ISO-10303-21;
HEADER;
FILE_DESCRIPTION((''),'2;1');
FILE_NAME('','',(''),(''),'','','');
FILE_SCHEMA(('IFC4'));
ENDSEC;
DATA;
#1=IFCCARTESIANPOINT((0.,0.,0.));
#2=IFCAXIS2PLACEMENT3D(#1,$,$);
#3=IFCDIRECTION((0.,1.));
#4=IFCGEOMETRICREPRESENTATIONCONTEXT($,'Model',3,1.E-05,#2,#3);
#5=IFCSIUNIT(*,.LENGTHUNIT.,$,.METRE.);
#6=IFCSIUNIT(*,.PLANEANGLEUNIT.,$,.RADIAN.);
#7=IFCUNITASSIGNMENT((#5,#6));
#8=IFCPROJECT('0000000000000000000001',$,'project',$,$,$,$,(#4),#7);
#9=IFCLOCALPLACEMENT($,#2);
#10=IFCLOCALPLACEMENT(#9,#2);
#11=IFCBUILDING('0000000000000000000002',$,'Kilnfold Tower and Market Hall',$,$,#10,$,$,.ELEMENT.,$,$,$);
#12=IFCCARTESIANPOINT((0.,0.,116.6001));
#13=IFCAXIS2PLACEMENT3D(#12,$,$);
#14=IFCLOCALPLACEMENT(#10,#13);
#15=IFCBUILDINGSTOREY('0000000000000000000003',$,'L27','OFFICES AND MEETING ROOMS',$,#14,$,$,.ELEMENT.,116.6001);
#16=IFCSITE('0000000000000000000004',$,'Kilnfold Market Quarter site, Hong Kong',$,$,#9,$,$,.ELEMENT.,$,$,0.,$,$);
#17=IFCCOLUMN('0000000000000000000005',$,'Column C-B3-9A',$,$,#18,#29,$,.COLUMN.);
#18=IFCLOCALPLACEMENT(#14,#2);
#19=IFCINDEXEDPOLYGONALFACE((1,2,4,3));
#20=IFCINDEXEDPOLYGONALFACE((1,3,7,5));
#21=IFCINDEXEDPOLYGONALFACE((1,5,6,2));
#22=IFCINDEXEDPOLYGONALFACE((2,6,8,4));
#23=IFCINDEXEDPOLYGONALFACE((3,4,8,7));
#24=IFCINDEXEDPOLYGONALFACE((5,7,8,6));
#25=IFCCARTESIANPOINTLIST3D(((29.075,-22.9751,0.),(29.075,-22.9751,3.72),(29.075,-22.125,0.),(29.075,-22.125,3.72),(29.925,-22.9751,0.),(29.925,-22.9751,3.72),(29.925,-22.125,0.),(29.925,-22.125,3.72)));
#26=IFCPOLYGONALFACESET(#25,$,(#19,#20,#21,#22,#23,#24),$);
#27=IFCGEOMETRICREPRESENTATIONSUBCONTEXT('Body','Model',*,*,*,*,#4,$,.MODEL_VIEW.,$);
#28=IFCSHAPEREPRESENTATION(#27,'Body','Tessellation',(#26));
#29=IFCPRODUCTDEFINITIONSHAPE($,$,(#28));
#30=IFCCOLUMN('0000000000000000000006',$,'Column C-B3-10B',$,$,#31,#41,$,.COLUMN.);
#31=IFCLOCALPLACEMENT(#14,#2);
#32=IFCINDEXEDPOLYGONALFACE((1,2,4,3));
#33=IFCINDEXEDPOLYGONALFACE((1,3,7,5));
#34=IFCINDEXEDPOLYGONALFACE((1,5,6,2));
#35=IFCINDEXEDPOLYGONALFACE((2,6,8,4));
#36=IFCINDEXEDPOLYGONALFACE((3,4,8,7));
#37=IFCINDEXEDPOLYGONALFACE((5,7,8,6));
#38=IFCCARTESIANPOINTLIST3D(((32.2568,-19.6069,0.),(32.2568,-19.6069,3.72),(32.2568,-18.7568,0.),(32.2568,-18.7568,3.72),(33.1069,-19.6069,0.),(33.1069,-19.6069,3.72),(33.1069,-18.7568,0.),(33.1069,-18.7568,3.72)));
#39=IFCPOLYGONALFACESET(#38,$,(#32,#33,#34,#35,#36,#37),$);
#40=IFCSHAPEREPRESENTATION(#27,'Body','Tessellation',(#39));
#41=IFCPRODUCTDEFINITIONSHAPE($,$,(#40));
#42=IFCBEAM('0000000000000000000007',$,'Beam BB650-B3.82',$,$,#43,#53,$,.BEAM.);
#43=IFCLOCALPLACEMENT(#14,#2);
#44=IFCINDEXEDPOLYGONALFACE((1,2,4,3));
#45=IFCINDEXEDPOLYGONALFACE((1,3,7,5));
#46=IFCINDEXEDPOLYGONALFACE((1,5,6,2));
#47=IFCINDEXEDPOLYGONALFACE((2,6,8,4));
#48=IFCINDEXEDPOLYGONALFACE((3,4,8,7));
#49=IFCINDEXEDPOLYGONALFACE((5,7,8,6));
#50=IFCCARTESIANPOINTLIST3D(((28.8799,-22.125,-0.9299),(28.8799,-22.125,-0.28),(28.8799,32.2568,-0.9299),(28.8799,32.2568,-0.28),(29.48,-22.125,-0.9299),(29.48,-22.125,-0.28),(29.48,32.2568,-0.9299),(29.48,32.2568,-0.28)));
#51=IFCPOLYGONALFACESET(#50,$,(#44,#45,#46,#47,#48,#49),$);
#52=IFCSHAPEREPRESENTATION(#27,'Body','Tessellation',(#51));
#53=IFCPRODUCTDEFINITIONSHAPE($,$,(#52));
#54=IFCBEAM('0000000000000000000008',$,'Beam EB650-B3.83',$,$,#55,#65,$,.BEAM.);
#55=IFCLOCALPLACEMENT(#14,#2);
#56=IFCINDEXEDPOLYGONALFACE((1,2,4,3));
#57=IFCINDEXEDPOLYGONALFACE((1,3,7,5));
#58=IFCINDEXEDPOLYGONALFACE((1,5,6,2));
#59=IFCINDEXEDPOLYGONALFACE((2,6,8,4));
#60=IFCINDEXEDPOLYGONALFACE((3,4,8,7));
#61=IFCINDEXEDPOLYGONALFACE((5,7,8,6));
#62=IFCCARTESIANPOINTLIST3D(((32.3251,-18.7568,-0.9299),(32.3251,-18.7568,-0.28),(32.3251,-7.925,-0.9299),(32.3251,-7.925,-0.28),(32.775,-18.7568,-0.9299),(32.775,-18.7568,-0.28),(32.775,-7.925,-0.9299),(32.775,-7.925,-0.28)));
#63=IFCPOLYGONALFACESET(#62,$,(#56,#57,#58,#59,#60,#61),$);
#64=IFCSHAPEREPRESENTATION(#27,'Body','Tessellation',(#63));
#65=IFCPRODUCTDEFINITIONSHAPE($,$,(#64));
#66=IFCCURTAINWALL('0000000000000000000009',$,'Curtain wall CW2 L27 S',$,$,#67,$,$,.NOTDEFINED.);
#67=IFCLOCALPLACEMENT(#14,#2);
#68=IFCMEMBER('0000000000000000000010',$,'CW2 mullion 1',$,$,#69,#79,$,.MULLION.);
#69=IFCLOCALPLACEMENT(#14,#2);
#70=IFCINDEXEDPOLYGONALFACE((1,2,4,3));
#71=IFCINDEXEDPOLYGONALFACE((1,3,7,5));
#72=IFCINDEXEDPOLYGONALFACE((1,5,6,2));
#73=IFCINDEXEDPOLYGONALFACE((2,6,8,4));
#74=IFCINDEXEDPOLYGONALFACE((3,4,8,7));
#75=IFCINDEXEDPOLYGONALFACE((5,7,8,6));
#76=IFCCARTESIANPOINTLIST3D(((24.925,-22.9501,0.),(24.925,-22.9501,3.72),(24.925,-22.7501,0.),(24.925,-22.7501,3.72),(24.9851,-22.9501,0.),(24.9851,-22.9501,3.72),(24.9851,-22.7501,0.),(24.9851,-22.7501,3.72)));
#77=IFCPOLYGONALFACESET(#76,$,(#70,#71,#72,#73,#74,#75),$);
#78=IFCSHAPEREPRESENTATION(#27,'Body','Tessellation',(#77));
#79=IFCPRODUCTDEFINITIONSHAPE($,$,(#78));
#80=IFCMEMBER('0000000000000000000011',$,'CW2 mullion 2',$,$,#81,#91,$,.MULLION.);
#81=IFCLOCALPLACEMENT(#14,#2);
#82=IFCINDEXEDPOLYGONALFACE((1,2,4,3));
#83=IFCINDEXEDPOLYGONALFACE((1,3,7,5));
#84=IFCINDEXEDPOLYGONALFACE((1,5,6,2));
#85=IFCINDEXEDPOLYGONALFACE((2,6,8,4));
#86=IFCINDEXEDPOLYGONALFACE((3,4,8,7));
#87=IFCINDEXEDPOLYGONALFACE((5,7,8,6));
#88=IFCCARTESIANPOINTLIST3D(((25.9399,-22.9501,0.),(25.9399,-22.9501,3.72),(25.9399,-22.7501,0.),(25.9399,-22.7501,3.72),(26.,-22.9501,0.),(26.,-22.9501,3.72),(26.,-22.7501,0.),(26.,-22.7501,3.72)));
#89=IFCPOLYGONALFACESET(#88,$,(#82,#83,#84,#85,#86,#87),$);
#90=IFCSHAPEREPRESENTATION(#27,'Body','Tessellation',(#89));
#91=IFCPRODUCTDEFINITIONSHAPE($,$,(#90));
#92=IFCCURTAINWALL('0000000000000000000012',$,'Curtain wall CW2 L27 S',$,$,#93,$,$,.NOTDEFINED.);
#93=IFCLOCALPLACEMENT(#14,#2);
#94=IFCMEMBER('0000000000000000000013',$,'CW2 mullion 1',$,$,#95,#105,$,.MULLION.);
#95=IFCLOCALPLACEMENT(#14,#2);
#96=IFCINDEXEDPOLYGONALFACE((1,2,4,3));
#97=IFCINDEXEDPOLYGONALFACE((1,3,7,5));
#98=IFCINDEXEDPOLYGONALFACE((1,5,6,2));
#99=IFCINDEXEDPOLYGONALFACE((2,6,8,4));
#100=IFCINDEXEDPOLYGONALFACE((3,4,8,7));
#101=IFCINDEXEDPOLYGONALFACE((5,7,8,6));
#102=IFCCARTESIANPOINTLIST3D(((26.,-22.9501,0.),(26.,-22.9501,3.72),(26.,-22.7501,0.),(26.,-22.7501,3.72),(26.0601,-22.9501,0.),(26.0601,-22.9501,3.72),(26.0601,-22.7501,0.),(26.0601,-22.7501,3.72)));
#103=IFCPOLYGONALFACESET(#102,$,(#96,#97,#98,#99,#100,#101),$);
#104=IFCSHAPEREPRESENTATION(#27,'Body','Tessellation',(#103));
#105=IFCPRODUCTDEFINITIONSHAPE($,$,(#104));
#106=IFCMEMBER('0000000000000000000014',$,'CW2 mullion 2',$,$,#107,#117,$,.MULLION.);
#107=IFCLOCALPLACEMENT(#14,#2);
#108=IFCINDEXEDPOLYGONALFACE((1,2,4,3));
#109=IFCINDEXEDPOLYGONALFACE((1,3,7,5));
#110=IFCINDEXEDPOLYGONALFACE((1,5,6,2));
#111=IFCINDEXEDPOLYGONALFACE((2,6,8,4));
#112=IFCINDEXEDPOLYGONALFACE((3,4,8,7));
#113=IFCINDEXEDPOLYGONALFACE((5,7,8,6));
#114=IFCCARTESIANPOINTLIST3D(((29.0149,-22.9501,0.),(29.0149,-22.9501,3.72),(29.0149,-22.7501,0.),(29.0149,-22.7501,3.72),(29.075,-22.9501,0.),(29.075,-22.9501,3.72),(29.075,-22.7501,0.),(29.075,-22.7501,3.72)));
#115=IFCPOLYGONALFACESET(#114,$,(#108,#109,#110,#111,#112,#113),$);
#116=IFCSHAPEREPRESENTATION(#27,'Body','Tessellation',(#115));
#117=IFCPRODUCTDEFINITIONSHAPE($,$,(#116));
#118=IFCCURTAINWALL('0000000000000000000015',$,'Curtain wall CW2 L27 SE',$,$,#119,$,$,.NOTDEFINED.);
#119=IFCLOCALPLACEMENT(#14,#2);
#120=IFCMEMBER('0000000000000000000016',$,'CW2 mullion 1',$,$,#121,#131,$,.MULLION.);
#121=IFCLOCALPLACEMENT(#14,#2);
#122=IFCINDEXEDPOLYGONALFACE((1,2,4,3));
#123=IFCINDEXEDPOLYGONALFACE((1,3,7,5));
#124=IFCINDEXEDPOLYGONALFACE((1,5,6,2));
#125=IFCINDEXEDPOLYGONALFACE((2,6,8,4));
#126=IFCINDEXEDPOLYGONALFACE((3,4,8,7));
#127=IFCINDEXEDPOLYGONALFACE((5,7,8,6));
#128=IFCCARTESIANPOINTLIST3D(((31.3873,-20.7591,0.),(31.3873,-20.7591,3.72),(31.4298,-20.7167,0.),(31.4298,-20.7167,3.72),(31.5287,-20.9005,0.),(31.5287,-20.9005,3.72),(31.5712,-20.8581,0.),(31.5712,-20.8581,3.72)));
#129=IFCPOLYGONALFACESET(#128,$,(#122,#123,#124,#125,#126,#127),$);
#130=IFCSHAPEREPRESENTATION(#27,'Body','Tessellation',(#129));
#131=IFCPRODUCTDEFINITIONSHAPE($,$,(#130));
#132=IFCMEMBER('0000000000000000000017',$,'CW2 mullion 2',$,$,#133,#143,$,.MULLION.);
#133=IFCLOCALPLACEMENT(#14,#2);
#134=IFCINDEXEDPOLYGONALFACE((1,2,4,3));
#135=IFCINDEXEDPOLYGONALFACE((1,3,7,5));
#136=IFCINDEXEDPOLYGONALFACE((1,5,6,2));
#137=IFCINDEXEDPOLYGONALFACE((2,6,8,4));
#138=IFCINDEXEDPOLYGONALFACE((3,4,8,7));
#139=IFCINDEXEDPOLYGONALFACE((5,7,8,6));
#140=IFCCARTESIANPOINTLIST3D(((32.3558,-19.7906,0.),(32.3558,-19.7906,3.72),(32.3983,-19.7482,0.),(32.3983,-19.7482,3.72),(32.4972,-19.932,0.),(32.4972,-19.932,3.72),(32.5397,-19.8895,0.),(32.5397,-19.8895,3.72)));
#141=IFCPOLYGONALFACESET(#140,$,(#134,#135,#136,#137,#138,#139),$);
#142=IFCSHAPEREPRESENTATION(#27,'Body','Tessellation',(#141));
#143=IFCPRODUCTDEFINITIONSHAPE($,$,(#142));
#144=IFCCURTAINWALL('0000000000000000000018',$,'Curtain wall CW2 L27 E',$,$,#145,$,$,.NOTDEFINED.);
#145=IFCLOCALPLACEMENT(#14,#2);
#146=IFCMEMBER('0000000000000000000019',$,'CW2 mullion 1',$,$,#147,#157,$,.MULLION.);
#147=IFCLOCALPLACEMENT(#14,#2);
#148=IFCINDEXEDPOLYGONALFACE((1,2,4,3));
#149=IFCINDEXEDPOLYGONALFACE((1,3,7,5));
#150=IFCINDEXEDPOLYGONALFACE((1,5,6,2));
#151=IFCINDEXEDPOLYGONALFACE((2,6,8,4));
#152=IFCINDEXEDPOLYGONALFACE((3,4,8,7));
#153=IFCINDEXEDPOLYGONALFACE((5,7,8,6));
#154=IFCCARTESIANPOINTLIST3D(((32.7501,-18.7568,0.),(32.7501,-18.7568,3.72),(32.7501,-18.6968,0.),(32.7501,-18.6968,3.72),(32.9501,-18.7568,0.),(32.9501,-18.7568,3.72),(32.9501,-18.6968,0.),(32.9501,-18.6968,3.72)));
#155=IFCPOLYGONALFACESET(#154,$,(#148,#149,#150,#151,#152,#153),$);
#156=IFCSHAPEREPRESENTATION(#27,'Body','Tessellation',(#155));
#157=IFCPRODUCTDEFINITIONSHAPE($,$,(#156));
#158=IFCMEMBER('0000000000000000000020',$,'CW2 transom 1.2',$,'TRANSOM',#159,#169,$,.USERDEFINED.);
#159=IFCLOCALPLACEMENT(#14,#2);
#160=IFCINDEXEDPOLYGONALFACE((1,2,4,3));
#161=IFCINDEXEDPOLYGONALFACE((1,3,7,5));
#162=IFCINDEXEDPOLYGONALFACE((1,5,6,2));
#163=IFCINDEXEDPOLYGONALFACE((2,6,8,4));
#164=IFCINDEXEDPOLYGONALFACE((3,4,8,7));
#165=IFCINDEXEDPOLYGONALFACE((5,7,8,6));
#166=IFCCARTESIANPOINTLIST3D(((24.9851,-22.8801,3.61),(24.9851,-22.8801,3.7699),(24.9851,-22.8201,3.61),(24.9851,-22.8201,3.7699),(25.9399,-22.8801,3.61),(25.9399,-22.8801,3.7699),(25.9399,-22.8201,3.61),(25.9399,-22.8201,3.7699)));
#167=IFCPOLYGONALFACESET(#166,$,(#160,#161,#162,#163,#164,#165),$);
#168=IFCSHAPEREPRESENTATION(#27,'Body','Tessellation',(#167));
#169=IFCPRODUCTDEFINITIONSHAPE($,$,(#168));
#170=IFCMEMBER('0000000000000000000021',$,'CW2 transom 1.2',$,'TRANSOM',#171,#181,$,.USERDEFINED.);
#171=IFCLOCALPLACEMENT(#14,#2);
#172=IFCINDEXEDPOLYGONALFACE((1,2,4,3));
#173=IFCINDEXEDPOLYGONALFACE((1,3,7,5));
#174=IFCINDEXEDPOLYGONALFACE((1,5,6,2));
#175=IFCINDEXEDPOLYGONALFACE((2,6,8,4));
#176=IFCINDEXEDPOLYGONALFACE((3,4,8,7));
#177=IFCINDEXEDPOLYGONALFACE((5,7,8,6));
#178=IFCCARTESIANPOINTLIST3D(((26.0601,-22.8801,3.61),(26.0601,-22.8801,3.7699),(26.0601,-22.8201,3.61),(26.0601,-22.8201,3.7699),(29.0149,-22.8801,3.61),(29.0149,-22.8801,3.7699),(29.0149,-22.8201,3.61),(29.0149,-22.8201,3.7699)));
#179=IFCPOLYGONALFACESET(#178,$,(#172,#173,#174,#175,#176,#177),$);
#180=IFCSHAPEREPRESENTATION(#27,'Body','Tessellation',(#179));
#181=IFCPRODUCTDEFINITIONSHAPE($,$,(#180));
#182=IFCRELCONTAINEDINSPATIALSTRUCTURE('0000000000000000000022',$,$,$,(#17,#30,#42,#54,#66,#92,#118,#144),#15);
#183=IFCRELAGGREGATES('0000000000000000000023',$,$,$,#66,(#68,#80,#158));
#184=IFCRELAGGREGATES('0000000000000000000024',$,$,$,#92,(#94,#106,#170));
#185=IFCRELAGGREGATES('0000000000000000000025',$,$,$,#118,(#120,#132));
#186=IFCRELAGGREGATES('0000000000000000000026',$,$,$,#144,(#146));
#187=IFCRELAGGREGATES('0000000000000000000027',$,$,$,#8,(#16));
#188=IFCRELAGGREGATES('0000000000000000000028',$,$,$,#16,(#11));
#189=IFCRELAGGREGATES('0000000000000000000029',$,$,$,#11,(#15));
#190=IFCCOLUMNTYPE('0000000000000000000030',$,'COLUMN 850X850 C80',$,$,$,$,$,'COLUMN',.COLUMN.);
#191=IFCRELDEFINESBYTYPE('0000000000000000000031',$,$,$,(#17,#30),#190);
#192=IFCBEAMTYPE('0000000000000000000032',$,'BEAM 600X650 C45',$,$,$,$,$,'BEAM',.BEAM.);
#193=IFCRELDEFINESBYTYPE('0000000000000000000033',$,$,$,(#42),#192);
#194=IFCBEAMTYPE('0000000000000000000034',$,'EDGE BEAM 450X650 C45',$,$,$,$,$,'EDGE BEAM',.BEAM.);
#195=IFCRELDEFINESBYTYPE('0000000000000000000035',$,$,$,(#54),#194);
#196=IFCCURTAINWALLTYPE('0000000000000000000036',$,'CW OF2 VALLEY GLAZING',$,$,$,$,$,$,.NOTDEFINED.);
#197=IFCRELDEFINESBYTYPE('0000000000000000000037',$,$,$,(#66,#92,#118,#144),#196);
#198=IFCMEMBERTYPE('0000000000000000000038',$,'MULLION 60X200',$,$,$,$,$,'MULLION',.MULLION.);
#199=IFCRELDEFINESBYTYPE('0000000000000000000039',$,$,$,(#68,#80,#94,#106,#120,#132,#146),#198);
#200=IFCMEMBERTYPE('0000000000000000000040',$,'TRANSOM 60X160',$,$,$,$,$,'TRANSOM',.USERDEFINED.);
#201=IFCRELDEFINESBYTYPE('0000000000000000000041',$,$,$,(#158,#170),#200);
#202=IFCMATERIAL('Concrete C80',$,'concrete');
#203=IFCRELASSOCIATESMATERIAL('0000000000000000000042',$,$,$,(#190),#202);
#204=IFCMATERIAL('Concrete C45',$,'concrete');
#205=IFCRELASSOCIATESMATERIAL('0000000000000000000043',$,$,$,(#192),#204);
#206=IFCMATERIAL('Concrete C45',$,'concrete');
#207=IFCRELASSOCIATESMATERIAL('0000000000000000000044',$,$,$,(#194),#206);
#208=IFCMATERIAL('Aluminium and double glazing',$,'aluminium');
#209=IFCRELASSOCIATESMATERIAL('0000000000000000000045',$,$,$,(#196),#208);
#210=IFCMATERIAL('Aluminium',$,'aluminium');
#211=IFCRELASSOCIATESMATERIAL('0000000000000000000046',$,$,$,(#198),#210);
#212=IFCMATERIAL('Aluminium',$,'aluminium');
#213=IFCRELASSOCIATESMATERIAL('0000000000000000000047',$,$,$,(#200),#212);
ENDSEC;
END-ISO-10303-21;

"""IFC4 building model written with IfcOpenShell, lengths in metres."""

from ifc_helpers import new_model, si_unit, direction, frame, origin, origin_2d, place, context, subcontext, project, spatial, rectangle, extrude, source, transform, mapped, material, material_profile, profile_set, type_object, element, aggregate, save


model = new_model("IFC4")

# Units and contexts
model_context = context("Model", 3, precision=1e-05, world=origin(), true_north=direction((0.0, 1.0)))
body_context = subcontext(model_context, "Body", "Model", "MODEL_VIEW")
ifc_project = project(units=[si_unit("LENGTHUNIT", "METRE"), si_unit("PLANEANGLEUNIT", "RADIAN")], contexts=[model_context])

# Site, building, storey
site_placement = place(None, origin())
site = spatial("IfcSite", under=ifc_project, at=site_placement, Name="Kilnfold Market Quarter site, Hong Kong", CompositionType="ELEMENT", RefElevation=0.0)
building_placement = place(site_placement, origin())
building = spatial("IfcBuilding", under=site, at=building_placement, Name="Kilnfold Tower and Market Hall", CompositionType="ELEMENT")
storey_placement = place(building_placement, frame((0.0, 0.0, 116.6001)))
storey = spatial("IfcBuildingStorey", under=building, at=storey_placement, Name="L27", Description="OFFICES AND MEETING ROOMS", CompositionType="ELEMENT", Elevation=116.6001)

# Columns
ifc_material_1 = material(Name="Concrete C80", Category="concrete")
ifc_material_profile_1 = material_profile(ifc_material_1, rectangle(XDim=0.8501, YDim=0.8501, at=origin_2d()), Name="RC 850x850")
ifc_profile_set_1 = profile_set([ifc_material_profile_1], Name="Concrete C80")
column_type = type_object("IfcColumnType", Name="COLUMN 850X850 C80", ElementType="COLUMN", PredefinedType="COLUMN", material=ifc_profile_set_1)
shared_shape_1 = source(origin(), body_context, "Body", "SweptSolid", [
    extrude(rectangle(XDim=0.8501, YDim=0.8501, at=origin_2d()), origin(), (0.0, 0.0, 1.0), 3.72),
])
for number, where, z_axis, x_axis, name in (
    (1, (29.5, -22.55, 0.0), (0.0, 0.0, 1.0), (1.0, 0.0, 0.0), "Column C-B3-9A"),
    (2, (32.6819, -19.1819, 0.0), (0.0, 0.0, 1.0), (1.0, 0.0, 0.0), "Column C-B3-10B"),
):
    element("IfcColumn", number, at=place(storey_placement, frame(where, z_axis=z_axis, x_axis=x_axis)), inside=storey, type_object=column_type, Name=name, PredefinedType="COLUMN", context=body_context, shape_type="MappedRepresentation", body=[
        mapped(shared_shape_1, transform((0.0, 0.0, 0.0))),
    ])

# Beams
ifc_material_2 = material(Name="Concrete C45", Category="concrete")
ifc_material_profile_2 = material_profile(ifc_material_2, rectangle(XDim=0.6001, YDim=0.6499, at=origin_2d()), Name="RC 600x650")
ifc_profile_set_2 = profile_set([ifc_material_profile_2], Name="Concrete C45")
beam_type_1 = type_object("IfcBeamType", Name="BEAM 600X650 C45", ElementType="BEAM", PredefinedType="BEAM", material=ifc_profile_set_2)
shared_shape_2 = source(origin(), body_context, "Body", "SweptSolid", [
    extrude(rectangle(XDim=0.6001, YDim=0.6499, at=origin_2d()), origin(), (0.0, 0.0, 1.0), 54.3818),
])
beam_1_placement = place(storey_placement, frame((29.1799, -22.125, -0.605), z_axis=(0.0, 1.0, 0.0), x_axis=(-1.0, 0.0, 0.0)))
element("IfcBeam", 3, at=beam_1_placement, inside=storey, type_object=beam_type_1, Name="Beam BB650-B3.82", PredefinedType="BEAM", context=body_context, shape_type="MappedRepresentation", body=[
    mapped(shared_shape_2, transform((0.0, 0.0, 0.0))),
])
ifc_material_3 = material(Name="Concrete C45", Category="concrete")
ifc_material_profile_3 = material_profile(ifc_material_3, rectangle(XDim=0.45, YDim=0.6499, at=origin_2d()), Name="RC 450x650")
ifc_profile_set_3 = profile_set([ifc_material_profile_3], Name="Concrete C45")
beam_type_2 = type_object("IfcBeamType", Name="EDGE BEAM 450X650 C45", ElementType="EDGE BEAM", PredefinedType="BEAM", material=ifc_profile_set_3)
shared_shape_3 = source(origin(), body_context, "Body", "SweptSolid", [
    extrude(rectangle(XDim=0.45, YDim=0.6499, at=origin_2d()), origin(), (0.0, 0.0, 1.0), 10.8318),
])
beam_2_placement = place(storey_placement, frame((32.55, -18.7568, -0.605), z_axis=(0.0, 1.0, 0.0), x_axis=(-1.0, 0.0, 0.0)))
element("IfcBeam", 4, at=beam_2_placement, inside=storey, type_object=beam_type_2, Name="Beam EB650-B3.83", PredefinedType="BEAM", context=body_context, shape_type="MappedRepresentation", body=[
    mapped(shared_shape_3, transform((0.0, 0.0, 0.0))),
])

# Curtain walls, members
ifc_material_4 = material(Name="Aluminium and double glazing", Category="aluminium")
curtain_wall_type = type_object("IfcCurtainWallType", Name="CW OF2 VALLEY GLAZING", PredefinedType="NOTDEFINED", material=ifc_material_4)
curtain_wall_1_placement = place(storey_placement, origin())
curtain_wall_1 = element("IfcCurtainWall", 5, at=curtain_wall_1_placement, inside=storey, type_object=curtain_wall_type, Name="Curtain wall CW2 L27 S", PredefinedType="NOTDEFINED")
ifc_material_5 = material(Name="Aluminium", Category="aluminium")
ifc_material_profile_4 = material_profile(ifc_material_5, rectangle(XDim=0.0601, YDim=0.2, at=origin_2d()), Name="MULLION 60x200")
ifc_profile_set_4 = profile_set([ifc_material_profile_4], Name="Aluminium")
member_type_1 = type_object("IfcMemberType", Name="MULLION 60X200", ElementType="MULLION", PredefinedType="MULLION", material=ifc_profile_set_4)
shared_shape_4 = source(origin(), body_context, "Body", "SweptSolid", [
    extrude(rectangle(XDim=0.0601, YDim=0.2, at=origin_2d()), origin(), (0.0, 0.0, 1.0), 3.72),
])
member_1_placement = place(storey_placement, frame((24.9551, -22.8501, 0.0), z_axis=(0.0, 0.0, 1.0), x_axis=(1.0, 0.0, 0.0)))
member_1 = element("IfcMember", 6, at=member_1_placement, type_object=member_type_1, Name="CW2 mullion 1", PredefinedType="MULLION", context=body_context, shape_type="MappedRepresentation", body=[
    mapped(shared_shape_4, transform((0.0, 0.0, 0.0))),
])
member_2_placement = place(storey_placement, frame((25.97, -22.8501, 0.0), z_axis=(0.0, 0.0, 1.0), x_axis=(1.0, 0.0, 0.0)))
member_2 = element("IfcMember", 7, at=member_2_placement, type_object=member_type_1, Name="CW2 mullion 2", PredefinedType="MULLION", context=body_context, shape_type="MappedRepresentation", body=[
    mapped(shared_shape_4, transform((0.0, 0.0, 0.0))),
])
curtain_wall_2_placement = place(storey_placement, origin())
curtain_wall_2 = element("IfcCurtainWall", 8, at=curtain_wall_2_placement, inside=storey, type_object=curtain_wall_type, Name="Curtain wall CW2 L27 S", PredefinedType="NOTDEFINED")
member_3_placement = place(storey_placement, frame((26.03, -22.8501, 0.0), z_axis=(0.0, 0.0, 1.0), x_axis=(1.0, 0.0, 0.0)))
member_3 = element("IfcMember", 9, at=member_3_placement, type_object=member_type_1, Name="CW2 mullion 1", PredefinedType="MULLION", context=body_context, shape_type="MappedRepresentation", body=[
    mapped(shared_shape_4, transform((0.0, 0.0, 0.0))),
])
member_4_placement = place(storey_placement, frame((29.0449, -22.8501, 0.0), z_axis=(0.0, 0.0, 1.0), x_axis=(1.0, 0.0, 0.0)))
member_4 = element("IfcMember", 10, at=member_4_placement, type_object=member_type_1, Name="CW2 mullion 2", PredefinedType="MULLION", context=body_context, shape_type="MappedRepresentation", body=[
    mapped(shared_shape_4, transform((0.0, 0.0, 0.0))),
])
curtain_wall_3_placement = place(storey_placement, origin())
curtain_wall_3 = element("IfcCurtainWall", 11, at=curtain_wall_3_placement, inside=storey, type_object=curtain_wall_type, Name="Curtain wall CW2 L27 SE", PredefinedType="NOTDEFINED")
member_5_placement = place(storey_placement, frame((31.4792, -20.8086, 0.0), z_axis=(0.0, 0.0, 1.0), x_axis=(0.707107, 0.707107, 0.0)))
member_5 = element("IfcMember", 12, at=member_5_placement, type_object=member_type_1, Name="CW2 mullion 1", PredefinedType="MULLION", context=body_context, shape_type="MappedRepresentation", body=[
    mapped(shared_shape_4, transform((0.0, 0.0, 0.0))),
])
member_6_placement = place(storey_placement, frame((32.4478, -19.8401, 0.0), z_axis=(0.0, 0.0, 1.0), x_axis=(0.707107, 0.707107, 0.0)))
member_6 = element("IfcMember", 13, at=member_6_placement, type_object=member_type_1, Name="CW2 mullion 2", PredefinedType="MULLION", context=body_context, shape_type="MappedRepresentation", body=[
    mapped(shared_shape_4, transform((0.0, 0.0, 0.0))),
])

# Curtain wall, member
curtain_wall_4_placement = place(storey_placement, origin())
curtain_wall_4 = element("IfcCurtainWall", 14, at=curtain_wall_4_placement, inside=storey, type_object=curtain_wall_type, Name="Curtain wall CW2 L27 E", PredefinedType="NOTDEFINED")
member_7_placement = place(storey_placement, frame((32.8501, -18.7268, 0.0), z_axis=(0.0, 0.0, 1.0), x_axis=(0.0, 1.0, 0.0)))
member_7 = element("IfcMember", 15, at=member_7_placement, type_object=member_type_1, Name="CW2 mullion 1", PredefinedType="MULLION", context=body_context, shape_type="MappedRepresentation", body=[
    mapped(shared_shape_4, transform((0.0, 0.0, 0.0))),
])

# Members
ifc_material_6 = material(Name="Aluminium", Category="aluminium")
ifc_material_profile_5 = material_profile(ifc_material_6, rectangle(XDim=0.0601, YDim=0.1599, at=origin_2d()), Name="TRANSOM 60x160")
ifc_profile_set_5 = profile_set([ifc_material_profile_5], Name="Aluminium")
member_type_2 = type_object("IfcMemberType", Name="TRANSOM 60X160", ElementType="TRANSOM", PredefinedType="USERDEFINED", material=ifc_profile_set_5)
shared_shape_5 = source(origin(), body_context, "Body", "SweptSolid", [
    extrude(rectangle(XDim=0.0601, YDim=0.1599, at=origin_2d()), origin(), (0.0, 0.0, 1.0), 0.9548),
])
member_8_placement = place(storey_placement, frame((24.9851, -22.8501, 3.6899), z_axis=(1.0, 0.0, 0.0), x_axis=(0.0, 1.0, 0.0)))
member_8 = element("IfcMember", 16, at=member_8_placement, type_object=member_type_2, Name="CW2 transom 1.2", ObjectType="TRANSOM", PredefinedType="USERDEFINED", context=body_context, shape_type="MappedRepresentation", body=[
    mapped(shared_shape_5, transform((0.0, 0.0, 0.0))),
])
shared_shape_6 = source(origin(), body_context, "Body", "SweptSolid", [
    extrude(rectangle(XDim=0.0601, YDim=0.1599, at=origin_2d()), origin(), (0.0, 0.0, 1.0), 2.9548),
])
member_9_placement = place(storey_placement, frame((26.0601, -22.8501, 3.6899), z_axis=(1.0, 0.0, 0.0), x_axis=(0.0, 1.0, 0.0)))
member_9 = element("IfcMember", 17, at=member_9_placement, type_object=member_type_2, Name="CW2 transom 1.2", ObjectType="TRANSOM", PredefinedType="USERDEFINED", context=body_context, shape_type="MappedRepresentation", body=[
    mapped(shared_shape_6, transform((0.0, 0.0, 0.0))),
])

aggregate(curtain_wall_1, [member_1, member_2, member_8])
aggregate(curtain_wall_2, [member_3, member_4, member_9])
aggregate(curtain_wall_3, [member_5, member_6])
aggregate(curtain_wall_4, [member_7])

save(model, "model.ifc")
